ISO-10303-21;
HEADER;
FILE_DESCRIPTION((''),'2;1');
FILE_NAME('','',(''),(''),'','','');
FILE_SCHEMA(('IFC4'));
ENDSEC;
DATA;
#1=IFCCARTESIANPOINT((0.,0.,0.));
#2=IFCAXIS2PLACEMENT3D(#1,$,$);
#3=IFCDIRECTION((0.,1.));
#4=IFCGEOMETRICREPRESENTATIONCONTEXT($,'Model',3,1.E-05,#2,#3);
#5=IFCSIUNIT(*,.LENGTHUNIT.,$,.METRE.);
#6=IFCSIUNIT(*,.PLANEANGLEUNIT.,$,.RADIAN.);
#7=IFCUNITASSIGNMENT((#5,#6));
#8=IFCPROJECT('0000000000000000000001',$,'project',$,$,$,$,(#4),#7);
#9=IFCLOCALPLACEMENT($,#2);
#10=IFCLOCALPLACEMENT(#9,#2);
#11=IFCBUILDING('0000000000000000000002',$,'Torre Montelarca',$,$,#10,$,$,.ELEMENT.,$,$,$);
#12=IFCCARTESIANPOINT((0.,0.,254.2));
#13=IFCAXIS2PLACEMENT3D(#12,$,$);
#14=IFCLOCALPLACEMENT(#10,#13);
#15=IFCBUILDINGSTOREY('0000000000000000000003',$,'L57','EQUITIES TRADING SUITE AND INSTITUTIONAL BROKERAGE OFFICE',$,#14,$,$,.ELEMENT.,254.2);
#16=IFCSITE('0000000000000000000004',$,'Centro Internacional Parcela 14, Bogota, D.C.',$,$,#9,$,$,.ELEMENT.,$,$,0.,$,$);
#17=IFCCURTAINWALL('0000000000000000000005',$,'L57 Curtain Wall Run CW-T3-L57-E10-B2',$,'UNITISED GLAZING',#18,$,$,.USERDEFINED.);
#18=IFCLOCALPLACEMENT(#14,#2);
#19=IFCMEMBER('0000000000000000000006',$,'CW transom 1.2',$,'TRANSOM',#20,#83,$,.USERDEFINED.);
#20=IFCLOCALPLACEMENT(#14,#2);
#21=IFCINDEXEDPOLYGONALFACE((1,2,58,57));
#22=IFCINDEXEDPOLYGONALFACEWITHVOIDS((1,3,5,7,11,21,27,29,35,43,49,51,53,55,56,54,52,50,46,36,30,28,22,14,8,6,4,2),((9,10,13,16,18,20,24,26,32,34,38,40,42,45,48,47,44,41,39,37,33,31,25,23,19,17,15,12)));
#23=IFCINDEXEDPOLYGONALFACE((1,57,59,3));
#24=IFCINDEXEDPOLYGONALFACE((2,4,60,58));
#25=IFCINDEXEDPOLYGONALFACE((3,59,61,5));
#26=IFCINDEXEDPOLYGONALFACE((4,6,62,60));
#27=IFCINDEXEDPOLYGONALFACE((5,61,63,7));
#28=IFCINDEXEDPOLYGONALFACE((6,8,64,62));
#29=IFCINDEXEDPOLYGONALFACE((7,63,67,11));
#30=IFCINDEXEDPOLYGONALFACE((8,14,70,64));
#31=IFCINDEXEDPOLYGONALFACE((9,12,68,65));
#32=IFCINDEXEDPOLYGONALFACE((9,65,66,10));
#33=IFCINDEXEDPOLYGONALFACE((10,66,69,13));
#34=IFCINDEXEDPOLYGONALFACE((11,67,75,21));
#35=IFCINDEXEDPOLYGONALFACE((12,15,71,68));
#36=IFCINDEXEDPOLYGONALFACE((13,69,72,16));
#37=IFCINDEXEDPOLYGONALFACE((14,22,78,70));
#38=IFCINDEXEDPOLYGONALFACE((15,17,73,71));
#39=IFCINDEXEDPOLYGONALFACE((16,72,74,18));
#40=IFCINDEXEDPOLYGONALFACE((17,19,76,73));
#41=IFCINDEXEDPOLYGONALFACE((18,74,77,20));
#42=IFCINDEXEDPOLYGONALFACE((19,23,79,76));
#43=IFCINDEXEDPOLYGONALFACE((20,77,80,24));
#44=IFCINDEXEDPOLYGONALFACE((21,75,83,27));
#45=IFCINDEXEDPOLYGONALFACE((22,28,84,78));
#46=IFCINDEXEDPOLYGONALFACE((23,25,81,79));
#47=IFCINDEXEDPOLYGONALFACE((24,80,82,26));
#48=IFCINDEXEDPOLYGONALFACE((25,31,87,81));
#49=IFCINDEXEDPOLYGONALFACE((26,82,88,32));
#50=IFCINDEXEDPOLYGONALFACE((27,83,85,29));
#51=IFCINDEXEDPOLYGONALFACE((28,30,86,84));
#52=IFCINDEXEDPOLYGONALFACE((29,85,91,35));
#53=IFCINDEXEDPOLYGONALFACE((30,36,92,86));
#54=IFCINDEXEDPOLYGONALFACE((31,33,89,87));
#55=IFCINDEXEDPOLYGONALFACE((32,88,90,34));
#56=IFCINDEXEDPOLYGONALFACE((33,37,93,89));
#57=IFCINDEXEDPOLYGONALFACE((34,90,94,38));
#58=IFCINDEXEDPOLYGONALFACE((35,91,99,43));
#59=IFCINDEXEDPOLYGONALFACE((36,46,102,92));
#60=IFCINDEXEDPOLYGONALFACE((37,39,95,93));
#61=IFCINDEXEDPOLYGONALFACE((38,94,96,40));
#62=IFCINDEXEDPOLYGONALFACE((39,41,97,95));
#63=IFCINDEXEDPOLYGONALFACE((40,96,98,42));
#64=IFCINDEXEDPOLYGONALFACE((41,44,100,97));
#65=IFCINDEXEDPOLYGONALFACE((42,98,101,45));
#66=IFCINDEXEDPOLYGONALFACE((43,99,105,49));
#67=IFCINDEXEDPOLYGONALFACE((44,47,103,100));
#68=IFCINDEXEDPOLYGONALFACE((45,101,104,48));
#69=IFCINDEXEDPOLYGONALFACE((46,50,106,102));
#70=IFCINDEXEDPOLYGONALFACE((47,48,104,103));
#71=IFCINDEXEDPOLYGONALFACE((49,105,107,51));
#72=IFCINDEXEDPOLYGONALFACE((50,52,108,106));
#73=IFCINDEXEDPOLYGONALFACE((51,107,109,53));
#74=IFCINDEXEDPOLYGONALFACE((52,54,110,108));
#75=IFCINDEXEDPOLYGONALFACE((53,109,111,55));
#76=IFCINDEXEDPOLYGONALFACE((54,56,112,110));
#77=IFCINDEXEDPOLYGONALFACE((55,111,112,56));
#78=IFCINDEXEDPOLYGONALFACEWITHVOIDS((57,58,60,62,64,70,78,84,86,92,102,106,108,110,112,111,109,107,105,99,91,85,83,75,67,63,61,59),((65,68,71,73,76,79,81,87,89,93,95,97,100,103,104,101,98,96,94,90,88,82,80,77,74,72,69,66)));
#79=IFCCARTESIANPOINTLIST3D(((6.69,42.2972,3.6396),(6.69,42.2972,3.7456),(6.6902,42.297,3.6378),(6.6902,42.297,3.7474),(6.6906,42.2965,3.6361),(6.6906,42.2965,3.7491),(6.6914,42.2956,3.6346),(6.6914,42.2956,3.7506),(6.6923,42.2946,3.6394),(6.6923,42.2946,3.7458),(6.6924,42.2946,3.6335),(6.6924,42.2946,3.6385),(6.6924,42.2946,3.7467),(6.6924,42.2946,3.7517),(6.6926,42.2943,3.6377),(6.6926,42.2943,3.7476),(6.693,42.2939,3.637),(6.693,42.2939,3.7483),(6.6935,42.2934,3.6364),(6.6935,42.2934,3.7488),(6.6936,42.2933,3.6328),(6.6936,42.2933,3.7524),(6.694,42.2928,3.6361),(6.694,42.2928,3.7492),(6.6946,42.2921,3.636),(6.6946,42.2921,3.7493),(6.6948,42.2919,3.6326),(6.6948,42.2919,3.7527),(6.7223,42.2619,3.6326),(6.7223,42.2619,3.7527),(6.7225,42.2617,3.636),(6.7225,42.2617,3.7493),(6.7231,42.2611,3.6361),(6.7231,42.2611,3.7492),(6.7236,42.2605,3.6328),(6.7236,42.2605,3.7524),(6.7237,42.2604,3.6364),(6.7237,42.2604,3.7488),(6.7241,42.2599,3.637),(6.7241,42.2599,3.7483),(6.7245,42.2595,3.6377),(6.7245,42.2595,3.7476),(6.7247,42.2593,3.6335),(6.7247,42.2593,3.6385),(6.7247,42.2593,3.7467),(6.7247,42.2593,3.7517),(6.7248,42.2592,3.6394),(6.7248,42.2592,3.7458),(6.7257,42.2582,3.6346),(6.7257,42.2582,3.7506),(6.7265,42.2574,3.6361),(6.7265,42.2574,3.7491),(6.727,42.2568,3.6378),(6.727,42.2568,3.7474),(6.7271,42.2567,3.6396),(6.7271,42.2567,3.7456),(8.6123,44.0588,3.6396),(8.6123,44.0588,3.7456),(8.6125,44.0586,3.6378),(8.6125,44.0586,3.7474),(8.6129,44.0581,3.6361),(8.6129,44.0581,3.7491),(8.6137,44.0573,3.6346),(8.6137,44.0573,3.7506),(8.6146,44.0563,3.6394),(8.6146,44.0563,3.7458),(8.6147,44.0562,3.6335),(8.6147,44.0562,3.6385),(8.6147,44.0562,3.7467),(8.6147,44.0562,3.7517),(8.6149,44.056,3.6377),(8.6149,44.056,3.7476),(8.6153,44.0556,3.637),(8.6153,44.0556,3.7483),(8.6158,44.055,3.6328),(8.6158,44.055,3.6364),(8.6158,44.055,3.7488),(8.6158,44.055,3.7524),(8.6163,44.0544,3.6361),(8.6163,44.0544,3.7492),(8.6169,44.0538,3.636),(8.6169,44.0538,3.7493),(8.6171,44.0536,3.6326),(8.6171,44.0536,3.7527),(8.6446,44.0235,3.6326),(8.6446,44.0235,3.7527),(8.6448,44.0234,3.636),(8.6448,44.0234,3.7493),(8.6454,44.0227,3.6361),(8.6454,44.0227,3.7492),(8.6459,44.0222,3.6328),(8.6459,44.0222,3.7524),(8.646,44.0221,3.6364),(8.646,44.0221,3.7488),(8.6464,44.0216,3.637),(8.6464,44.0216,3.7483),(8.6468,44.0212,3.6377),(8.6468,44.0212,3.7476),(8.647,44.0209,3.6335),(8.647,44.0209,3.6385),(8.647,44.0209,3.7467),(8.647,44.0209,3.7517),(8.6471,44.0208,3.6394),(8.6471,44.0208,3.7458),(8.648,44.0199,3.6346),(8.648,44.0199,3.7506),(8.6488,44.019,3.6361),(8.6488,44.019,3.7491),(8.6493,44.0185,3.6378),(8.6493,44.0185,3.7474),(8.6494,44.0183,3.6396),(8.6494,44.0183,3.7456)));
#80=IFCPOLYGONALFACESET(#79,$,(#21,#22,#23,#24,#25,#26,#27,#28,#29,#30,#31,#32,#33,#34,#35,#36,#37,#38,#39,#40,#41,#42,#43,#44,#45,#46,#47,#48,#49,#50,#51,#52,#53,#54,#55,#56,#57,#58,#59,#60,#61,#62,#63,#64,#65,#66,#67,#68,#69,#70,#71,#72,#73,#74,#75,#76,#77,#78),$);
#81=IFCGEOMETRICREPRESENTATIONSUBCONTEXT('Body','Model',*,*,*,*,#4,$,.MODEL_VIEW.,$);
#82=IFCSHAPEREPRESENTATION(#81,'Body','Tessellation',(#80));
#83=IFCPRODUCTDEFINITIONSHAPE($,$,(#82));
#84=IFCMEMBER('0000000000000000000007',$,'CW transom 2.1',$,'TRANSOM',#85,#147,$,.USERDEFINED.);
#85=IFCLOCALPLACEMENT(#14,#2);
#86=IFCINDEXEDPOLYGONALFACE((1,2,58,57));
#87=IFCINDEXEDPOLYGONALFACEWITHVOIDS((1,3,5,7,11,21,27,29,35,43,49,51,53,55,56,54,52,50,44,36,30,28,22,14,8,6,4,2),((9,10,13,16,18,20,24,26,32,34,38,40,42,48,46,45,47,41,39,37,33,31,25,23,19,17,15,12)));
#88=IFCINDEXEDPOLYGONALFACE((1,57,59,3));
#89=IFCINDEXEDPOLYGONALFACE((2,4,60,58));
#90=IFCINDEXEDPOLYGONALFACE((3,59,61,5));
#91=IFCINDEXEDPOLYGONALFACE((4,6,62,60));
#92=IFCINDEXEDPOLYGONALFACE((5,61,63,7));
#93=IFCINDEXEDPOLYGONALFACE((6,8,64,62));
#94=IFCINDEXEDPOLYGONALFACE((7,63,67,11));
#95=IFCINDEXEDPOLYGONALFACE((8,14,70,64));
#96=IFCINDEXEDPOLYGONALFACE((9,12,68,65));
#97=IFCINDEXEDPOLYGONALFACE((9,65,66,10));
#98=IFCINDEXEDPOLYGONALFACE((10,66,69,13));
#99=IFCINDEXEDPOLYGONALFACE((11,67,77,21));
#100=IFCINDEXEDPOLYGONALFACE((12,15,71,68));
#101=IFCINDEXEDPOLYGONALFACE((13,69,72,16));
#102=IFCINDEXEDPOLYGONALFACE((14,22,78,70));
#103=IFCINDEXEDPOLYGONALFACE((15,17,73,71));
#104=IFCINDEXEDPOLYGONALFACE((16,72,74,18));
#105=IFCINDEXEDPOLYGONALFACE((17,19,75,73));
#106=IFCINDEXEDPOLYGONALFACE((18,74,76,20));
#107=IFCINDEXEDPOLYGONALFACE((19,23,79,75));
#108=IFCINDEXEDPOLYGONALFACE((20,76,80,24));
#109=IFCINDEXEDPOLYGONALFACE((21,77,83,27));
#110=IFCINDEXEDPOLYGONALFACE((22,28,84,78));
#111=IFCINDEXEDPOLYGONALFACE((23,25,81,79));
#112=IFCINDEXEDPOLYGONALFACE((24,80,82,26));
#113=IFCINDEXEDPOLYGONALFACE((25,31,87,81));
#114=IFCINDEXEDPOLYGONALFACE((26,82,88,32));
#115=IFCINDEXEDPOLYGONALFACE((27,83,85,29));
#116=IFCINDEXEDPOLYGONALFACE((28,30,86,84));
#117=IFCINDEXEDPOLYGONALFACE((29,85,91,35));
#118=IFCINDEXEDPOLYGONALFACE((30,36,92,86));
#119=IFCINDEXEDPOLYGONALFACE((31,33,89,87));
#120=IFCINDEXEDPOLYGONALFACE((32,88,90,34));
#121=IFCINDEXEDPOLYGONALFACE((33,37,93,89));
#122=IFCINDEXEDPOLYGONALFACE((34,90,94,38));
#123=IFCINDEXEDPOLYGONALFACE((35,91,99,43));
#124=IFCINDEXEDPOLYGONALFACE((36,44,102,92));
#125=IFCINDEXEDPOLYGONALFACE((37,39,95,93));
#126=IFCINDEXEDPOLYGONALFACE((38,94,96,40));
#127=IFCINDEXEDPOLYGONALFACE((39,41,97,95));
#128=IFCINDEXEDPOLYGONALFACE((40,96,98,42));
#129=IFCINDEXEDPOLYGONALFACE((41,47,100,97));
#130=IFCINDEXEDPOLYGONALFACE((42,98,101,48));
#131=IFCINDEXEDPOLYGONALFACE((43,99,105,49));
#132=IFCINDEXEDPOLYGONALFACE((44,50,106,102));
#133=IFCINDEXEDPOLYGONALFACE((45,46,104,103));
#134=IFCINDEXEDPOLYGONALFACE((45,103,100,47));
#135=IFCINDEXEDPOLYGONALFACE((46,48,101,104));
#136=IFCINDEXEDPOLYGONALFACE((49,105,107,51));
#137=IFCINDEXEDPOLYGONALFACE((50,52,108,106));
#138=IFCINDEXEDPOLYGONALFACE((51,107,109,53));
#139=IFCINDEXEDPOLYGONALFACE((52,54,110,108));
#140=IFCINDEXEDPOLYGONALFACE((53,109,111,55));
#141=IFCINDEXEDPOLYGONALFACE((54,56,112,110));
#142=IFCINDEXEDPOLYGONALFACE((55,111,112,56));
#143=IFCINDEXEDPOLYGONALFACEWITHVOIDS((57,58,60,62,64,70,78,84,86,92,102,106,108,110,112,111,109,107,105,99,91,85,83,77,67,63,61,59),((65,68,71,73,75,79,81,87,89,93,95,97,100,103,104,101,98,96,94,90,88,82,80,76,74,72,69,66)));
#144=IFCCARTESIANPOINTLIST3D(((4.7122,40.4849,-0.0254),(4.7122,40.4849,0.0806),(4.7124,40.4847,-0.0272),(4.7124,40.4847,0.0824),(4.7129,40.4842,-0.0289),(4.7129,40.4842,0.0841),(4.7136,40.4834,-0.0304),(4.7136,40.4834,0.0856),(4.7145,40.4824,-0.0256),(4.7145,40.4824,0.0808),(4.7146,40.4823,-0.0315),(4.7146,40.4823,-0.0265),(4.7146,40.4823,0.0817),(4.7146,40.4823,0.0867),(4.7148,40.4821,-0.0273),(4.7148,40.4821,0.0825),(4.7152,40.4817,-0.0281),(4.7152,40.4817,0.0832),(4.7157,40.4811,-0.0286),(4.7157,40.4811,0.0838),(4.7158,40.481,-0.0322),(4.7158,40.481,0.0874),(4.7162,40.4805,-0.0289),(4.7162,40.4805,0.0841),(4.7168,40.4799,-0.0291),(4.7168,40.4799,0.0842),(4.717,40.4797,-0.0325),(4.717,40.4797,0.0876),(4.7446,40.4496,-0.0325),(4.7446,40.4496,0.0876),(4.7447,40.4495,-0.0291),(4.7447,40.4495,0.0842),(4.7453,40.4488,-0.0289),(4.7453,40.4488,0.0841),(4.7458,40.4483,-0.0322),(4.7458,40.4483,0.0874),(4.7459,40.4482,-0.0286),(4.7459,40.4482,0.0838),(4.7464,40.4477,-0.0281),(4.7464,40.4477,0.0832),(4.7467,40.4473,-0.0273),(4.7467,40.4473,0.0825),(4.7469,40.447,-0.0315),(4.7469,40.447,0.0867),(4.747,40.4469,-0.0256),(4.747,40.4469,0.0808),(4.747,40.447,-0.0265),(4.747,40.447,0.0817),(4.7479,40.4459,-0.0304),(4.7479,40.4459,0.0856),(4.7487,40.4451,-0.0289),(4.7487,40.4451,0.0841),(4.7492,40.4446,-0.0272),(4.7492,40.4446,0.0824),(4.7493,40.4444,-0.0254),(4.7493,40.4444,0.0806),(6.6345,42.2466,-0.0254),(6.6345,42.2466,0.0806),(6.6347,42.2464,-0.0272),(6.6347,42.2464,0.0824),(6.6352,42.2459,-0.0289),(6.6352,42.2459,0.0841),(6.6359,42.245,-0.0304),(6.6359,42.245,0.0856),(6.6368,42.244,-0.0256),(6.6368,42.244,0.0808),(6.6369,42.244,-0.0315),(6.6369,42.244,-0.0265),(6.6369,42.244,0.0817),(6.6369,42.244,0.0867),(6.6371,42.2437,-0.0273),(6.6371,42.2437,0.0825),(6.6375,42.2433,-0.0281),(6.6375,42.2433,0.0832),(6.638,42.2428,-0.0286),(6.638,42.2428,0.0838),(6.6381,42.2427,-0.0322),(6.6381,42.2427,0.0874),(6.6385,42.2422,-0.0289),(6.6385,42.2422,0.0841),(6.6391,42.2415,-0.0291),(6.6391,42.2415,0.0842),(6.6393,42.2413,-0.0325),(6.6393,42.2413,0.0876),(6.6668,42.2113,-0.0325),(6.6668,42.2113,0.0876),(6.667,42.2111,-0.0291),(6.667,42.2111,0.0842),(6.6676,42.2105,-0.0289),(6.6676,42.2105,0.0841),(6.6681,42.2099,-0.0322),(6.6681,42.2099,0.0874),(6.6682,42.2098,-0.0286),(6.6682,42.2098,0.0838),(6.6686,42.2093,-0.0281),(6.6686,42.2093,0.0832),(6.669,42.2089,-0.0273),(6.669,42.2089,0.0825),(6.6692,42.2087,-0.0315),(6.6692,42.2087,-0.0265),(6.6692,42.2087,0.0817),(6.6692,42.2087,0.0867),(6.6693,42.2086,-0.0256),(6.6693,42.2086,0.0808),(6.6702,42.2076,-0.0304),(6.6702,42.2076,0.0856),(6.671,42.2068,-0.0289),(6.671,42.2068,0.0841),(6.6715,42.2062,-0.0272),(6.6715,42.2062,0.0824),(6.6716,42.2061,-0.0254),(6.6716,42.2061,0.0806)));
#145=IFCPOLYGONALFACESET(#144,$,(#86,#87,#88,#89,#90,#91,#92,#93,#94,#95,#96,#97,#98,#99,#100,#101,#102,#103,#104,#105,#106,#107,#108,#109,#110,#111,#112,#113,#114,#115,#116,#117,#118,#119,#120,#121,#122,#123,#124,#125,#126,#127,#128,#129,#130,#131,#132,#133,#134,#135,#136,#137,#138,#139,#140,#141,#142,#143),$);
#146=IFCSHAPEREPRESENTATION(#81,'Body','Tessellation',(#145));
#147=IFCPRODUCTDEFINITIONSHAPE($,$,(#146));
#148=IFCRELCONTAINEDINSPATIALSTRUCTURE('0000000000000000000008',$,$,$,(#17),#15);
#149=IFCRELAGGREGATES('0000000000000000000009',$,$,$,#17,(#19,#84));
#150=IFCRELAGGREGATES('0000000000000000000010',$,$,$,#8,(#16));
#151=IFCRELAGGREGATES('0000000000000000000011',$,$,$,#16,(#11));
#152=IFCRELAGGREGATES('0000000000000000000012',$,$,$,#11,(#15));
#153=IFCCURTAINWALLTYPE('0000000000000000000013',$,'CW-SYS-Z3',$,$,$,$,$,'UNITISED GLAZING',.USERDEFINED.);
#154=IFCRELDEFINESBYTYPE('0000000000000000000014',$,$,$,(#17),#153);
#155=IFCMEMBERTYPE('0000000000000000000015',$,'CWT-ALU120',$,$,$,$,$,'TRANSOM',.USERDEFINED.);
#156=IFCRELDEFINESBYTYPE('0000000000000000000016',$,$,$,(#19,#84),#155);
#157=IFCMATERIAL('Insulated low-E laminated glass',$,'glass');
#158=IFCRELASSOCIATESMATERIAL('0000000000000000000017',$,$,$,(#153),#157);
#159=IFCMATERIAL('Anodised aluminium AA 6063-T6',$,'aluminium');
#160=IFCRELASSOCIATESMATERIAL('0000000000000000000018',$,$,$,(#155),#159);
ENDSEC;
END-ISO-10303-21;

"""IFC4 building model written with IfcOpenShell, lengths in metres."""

from ifc_helpers import new_model, si_unit, direction, frame, origin, origin_2d, place, context, subcontext, project, spatial, hollow_rectangle, extrude, source, transform, mapped, material, material_profile, profile_set, type_object, element, aggregate, save


model = new_model("IFC4")

# Units and contexts
model_context = context("Model", 3, precision=1e-05, world=origin(), true_north=direction((0.0, 1.0)))
body_context = subcontext(model_context, "Body", "Model", "MODEL_VIEW")
ifc_project = project(units=[si_unit("LENGTHUNIT", "METRE"), si_unit("PLANEANGLEUNIT", "RADIAN")], contexts=[model_context])

# Site, building, storey
site_placement = place(None, origin())
site = spatial("IfcSite", under=ifc_project, at=site_placement, Name="Centro Internacional Parcela 14, Bogota, D.C.", CompositionType="ELEMENT", RefElevation=0.0)
building_placement = place(site_placement, origin())
building = spatial("IfcBuilding", under=site, at=building_placement, Name="Torre Montelarca", CompositionType="ELEMENT")
storey_placement = place(building_placement, frame((0.0, 0.0, 254.2)))
storey = spatial("IfcBuildingStorey", under=building, at=storey_placement, Name="L57", Description="EQUITIES TRADING SUITE AND INSTITUTIONAL BROKERAGE OFFICE", CompositionType="ELEMENT", Elevation=254.2)

# Curtain wall
ifc_material_1 = material(Name="Insulated low-E laminated glass", Category="glass")
curtain_wall_type = type_object("IfcCurtainWallType", Name="CW-SYS-Z3", ElementType="UNITISED GLAZING", PredefinedType="USERDEFINED", material=ifc_material_1)
ifc_material_2 = material(Name="Anodised aluminium AA 6063-T6", Category="aluminium")
curtain_wall_1_placement = place(storey_placement, origin())
curtain_wall_1 = element("IfcCurtainWall", 1, at=curtain_wall_1_placement, inside=storey, type_object=curtain_wall_type, Name="L57 Curtain Wall Run CW-T3-L57-E10-B2", ObjectType="UNITISED GLAZING", PredefinedType="USERDEFINED")

# Members
ifc_material_profile_1 = material_profile(ifc_material_2, hollow_rectangle(XDim=0.0549, YDim=0.1201, WallThickness=0.0034, InnerFilletRadius=0.0034, OuterFilletRadius=0.0071, at=origin_2d()), Name="ALU55X120X3.5", Category="aluminium")
ifc_profile_set_1 = profile_set([ifc_material_profile_1], Name="Anodised aluminium AA 6063-T6")
member_type_1 = type_object("IfcMemberType", Name="CWT-ALU120", ElementType="TRANSOM", PredefinedType="USERDEFINED", material=ifc_profile_set_1)
shared_shape_1 = source(origin(), body_context, "Body", "SweptSolid", [
    extrude(hollow_rectangle(XDim=0.0549, YDim=0.1201, WallThickness=0.0034, InnerFilletRadius=0.0034, OuterFilletRadius=0.0071, at=origin_2d()), origin(), (0.0, 0.0, 1.0), 2.6074),
])
member_1_placement = place(storey_placement, frame((8.6309, 44.0386, 3.6926), z_axis=(-0.73724, -0.675631, 0.0), x_axis=(0.675631, -0.73724, 0.0)))
member_1 = element("IfcMember", 2, at=member_1_placement, type_object=member_type_1, Name="CW transom 1.2", ObjectType="TRANSOM", PredefinedType="USERDEFINED", context=body_context, shape_type="MappedRepresentation", body=[
    mapped(shared_shape_1, transform((0.0, 0.0, 0.0), scale=1.0)),
])
member_2_placement = place(storey_placement, frame((6.6531, 42.2263, 0.0276), z_axis=(-0.73724, -0.675631, 0.0), x_axis=(0.675631, -0.73724, 0.0)))
member_2 = element("IfcMember", 3, at=member_2_placement, type_object=member_type_1, Name="CW transom 2.1", ObjectType="TRANSOM", PredefinedType="USERDEFINED", context=body_context, shape_type="MappedRepresentation", body=[
    mapped(shared_shape_1, transform((0.0, 0.0, 0.0), scale=1.0)),
])

aggregate(curtain_wall_1, [member_1, member_2])

save(model, "model.ifc")
